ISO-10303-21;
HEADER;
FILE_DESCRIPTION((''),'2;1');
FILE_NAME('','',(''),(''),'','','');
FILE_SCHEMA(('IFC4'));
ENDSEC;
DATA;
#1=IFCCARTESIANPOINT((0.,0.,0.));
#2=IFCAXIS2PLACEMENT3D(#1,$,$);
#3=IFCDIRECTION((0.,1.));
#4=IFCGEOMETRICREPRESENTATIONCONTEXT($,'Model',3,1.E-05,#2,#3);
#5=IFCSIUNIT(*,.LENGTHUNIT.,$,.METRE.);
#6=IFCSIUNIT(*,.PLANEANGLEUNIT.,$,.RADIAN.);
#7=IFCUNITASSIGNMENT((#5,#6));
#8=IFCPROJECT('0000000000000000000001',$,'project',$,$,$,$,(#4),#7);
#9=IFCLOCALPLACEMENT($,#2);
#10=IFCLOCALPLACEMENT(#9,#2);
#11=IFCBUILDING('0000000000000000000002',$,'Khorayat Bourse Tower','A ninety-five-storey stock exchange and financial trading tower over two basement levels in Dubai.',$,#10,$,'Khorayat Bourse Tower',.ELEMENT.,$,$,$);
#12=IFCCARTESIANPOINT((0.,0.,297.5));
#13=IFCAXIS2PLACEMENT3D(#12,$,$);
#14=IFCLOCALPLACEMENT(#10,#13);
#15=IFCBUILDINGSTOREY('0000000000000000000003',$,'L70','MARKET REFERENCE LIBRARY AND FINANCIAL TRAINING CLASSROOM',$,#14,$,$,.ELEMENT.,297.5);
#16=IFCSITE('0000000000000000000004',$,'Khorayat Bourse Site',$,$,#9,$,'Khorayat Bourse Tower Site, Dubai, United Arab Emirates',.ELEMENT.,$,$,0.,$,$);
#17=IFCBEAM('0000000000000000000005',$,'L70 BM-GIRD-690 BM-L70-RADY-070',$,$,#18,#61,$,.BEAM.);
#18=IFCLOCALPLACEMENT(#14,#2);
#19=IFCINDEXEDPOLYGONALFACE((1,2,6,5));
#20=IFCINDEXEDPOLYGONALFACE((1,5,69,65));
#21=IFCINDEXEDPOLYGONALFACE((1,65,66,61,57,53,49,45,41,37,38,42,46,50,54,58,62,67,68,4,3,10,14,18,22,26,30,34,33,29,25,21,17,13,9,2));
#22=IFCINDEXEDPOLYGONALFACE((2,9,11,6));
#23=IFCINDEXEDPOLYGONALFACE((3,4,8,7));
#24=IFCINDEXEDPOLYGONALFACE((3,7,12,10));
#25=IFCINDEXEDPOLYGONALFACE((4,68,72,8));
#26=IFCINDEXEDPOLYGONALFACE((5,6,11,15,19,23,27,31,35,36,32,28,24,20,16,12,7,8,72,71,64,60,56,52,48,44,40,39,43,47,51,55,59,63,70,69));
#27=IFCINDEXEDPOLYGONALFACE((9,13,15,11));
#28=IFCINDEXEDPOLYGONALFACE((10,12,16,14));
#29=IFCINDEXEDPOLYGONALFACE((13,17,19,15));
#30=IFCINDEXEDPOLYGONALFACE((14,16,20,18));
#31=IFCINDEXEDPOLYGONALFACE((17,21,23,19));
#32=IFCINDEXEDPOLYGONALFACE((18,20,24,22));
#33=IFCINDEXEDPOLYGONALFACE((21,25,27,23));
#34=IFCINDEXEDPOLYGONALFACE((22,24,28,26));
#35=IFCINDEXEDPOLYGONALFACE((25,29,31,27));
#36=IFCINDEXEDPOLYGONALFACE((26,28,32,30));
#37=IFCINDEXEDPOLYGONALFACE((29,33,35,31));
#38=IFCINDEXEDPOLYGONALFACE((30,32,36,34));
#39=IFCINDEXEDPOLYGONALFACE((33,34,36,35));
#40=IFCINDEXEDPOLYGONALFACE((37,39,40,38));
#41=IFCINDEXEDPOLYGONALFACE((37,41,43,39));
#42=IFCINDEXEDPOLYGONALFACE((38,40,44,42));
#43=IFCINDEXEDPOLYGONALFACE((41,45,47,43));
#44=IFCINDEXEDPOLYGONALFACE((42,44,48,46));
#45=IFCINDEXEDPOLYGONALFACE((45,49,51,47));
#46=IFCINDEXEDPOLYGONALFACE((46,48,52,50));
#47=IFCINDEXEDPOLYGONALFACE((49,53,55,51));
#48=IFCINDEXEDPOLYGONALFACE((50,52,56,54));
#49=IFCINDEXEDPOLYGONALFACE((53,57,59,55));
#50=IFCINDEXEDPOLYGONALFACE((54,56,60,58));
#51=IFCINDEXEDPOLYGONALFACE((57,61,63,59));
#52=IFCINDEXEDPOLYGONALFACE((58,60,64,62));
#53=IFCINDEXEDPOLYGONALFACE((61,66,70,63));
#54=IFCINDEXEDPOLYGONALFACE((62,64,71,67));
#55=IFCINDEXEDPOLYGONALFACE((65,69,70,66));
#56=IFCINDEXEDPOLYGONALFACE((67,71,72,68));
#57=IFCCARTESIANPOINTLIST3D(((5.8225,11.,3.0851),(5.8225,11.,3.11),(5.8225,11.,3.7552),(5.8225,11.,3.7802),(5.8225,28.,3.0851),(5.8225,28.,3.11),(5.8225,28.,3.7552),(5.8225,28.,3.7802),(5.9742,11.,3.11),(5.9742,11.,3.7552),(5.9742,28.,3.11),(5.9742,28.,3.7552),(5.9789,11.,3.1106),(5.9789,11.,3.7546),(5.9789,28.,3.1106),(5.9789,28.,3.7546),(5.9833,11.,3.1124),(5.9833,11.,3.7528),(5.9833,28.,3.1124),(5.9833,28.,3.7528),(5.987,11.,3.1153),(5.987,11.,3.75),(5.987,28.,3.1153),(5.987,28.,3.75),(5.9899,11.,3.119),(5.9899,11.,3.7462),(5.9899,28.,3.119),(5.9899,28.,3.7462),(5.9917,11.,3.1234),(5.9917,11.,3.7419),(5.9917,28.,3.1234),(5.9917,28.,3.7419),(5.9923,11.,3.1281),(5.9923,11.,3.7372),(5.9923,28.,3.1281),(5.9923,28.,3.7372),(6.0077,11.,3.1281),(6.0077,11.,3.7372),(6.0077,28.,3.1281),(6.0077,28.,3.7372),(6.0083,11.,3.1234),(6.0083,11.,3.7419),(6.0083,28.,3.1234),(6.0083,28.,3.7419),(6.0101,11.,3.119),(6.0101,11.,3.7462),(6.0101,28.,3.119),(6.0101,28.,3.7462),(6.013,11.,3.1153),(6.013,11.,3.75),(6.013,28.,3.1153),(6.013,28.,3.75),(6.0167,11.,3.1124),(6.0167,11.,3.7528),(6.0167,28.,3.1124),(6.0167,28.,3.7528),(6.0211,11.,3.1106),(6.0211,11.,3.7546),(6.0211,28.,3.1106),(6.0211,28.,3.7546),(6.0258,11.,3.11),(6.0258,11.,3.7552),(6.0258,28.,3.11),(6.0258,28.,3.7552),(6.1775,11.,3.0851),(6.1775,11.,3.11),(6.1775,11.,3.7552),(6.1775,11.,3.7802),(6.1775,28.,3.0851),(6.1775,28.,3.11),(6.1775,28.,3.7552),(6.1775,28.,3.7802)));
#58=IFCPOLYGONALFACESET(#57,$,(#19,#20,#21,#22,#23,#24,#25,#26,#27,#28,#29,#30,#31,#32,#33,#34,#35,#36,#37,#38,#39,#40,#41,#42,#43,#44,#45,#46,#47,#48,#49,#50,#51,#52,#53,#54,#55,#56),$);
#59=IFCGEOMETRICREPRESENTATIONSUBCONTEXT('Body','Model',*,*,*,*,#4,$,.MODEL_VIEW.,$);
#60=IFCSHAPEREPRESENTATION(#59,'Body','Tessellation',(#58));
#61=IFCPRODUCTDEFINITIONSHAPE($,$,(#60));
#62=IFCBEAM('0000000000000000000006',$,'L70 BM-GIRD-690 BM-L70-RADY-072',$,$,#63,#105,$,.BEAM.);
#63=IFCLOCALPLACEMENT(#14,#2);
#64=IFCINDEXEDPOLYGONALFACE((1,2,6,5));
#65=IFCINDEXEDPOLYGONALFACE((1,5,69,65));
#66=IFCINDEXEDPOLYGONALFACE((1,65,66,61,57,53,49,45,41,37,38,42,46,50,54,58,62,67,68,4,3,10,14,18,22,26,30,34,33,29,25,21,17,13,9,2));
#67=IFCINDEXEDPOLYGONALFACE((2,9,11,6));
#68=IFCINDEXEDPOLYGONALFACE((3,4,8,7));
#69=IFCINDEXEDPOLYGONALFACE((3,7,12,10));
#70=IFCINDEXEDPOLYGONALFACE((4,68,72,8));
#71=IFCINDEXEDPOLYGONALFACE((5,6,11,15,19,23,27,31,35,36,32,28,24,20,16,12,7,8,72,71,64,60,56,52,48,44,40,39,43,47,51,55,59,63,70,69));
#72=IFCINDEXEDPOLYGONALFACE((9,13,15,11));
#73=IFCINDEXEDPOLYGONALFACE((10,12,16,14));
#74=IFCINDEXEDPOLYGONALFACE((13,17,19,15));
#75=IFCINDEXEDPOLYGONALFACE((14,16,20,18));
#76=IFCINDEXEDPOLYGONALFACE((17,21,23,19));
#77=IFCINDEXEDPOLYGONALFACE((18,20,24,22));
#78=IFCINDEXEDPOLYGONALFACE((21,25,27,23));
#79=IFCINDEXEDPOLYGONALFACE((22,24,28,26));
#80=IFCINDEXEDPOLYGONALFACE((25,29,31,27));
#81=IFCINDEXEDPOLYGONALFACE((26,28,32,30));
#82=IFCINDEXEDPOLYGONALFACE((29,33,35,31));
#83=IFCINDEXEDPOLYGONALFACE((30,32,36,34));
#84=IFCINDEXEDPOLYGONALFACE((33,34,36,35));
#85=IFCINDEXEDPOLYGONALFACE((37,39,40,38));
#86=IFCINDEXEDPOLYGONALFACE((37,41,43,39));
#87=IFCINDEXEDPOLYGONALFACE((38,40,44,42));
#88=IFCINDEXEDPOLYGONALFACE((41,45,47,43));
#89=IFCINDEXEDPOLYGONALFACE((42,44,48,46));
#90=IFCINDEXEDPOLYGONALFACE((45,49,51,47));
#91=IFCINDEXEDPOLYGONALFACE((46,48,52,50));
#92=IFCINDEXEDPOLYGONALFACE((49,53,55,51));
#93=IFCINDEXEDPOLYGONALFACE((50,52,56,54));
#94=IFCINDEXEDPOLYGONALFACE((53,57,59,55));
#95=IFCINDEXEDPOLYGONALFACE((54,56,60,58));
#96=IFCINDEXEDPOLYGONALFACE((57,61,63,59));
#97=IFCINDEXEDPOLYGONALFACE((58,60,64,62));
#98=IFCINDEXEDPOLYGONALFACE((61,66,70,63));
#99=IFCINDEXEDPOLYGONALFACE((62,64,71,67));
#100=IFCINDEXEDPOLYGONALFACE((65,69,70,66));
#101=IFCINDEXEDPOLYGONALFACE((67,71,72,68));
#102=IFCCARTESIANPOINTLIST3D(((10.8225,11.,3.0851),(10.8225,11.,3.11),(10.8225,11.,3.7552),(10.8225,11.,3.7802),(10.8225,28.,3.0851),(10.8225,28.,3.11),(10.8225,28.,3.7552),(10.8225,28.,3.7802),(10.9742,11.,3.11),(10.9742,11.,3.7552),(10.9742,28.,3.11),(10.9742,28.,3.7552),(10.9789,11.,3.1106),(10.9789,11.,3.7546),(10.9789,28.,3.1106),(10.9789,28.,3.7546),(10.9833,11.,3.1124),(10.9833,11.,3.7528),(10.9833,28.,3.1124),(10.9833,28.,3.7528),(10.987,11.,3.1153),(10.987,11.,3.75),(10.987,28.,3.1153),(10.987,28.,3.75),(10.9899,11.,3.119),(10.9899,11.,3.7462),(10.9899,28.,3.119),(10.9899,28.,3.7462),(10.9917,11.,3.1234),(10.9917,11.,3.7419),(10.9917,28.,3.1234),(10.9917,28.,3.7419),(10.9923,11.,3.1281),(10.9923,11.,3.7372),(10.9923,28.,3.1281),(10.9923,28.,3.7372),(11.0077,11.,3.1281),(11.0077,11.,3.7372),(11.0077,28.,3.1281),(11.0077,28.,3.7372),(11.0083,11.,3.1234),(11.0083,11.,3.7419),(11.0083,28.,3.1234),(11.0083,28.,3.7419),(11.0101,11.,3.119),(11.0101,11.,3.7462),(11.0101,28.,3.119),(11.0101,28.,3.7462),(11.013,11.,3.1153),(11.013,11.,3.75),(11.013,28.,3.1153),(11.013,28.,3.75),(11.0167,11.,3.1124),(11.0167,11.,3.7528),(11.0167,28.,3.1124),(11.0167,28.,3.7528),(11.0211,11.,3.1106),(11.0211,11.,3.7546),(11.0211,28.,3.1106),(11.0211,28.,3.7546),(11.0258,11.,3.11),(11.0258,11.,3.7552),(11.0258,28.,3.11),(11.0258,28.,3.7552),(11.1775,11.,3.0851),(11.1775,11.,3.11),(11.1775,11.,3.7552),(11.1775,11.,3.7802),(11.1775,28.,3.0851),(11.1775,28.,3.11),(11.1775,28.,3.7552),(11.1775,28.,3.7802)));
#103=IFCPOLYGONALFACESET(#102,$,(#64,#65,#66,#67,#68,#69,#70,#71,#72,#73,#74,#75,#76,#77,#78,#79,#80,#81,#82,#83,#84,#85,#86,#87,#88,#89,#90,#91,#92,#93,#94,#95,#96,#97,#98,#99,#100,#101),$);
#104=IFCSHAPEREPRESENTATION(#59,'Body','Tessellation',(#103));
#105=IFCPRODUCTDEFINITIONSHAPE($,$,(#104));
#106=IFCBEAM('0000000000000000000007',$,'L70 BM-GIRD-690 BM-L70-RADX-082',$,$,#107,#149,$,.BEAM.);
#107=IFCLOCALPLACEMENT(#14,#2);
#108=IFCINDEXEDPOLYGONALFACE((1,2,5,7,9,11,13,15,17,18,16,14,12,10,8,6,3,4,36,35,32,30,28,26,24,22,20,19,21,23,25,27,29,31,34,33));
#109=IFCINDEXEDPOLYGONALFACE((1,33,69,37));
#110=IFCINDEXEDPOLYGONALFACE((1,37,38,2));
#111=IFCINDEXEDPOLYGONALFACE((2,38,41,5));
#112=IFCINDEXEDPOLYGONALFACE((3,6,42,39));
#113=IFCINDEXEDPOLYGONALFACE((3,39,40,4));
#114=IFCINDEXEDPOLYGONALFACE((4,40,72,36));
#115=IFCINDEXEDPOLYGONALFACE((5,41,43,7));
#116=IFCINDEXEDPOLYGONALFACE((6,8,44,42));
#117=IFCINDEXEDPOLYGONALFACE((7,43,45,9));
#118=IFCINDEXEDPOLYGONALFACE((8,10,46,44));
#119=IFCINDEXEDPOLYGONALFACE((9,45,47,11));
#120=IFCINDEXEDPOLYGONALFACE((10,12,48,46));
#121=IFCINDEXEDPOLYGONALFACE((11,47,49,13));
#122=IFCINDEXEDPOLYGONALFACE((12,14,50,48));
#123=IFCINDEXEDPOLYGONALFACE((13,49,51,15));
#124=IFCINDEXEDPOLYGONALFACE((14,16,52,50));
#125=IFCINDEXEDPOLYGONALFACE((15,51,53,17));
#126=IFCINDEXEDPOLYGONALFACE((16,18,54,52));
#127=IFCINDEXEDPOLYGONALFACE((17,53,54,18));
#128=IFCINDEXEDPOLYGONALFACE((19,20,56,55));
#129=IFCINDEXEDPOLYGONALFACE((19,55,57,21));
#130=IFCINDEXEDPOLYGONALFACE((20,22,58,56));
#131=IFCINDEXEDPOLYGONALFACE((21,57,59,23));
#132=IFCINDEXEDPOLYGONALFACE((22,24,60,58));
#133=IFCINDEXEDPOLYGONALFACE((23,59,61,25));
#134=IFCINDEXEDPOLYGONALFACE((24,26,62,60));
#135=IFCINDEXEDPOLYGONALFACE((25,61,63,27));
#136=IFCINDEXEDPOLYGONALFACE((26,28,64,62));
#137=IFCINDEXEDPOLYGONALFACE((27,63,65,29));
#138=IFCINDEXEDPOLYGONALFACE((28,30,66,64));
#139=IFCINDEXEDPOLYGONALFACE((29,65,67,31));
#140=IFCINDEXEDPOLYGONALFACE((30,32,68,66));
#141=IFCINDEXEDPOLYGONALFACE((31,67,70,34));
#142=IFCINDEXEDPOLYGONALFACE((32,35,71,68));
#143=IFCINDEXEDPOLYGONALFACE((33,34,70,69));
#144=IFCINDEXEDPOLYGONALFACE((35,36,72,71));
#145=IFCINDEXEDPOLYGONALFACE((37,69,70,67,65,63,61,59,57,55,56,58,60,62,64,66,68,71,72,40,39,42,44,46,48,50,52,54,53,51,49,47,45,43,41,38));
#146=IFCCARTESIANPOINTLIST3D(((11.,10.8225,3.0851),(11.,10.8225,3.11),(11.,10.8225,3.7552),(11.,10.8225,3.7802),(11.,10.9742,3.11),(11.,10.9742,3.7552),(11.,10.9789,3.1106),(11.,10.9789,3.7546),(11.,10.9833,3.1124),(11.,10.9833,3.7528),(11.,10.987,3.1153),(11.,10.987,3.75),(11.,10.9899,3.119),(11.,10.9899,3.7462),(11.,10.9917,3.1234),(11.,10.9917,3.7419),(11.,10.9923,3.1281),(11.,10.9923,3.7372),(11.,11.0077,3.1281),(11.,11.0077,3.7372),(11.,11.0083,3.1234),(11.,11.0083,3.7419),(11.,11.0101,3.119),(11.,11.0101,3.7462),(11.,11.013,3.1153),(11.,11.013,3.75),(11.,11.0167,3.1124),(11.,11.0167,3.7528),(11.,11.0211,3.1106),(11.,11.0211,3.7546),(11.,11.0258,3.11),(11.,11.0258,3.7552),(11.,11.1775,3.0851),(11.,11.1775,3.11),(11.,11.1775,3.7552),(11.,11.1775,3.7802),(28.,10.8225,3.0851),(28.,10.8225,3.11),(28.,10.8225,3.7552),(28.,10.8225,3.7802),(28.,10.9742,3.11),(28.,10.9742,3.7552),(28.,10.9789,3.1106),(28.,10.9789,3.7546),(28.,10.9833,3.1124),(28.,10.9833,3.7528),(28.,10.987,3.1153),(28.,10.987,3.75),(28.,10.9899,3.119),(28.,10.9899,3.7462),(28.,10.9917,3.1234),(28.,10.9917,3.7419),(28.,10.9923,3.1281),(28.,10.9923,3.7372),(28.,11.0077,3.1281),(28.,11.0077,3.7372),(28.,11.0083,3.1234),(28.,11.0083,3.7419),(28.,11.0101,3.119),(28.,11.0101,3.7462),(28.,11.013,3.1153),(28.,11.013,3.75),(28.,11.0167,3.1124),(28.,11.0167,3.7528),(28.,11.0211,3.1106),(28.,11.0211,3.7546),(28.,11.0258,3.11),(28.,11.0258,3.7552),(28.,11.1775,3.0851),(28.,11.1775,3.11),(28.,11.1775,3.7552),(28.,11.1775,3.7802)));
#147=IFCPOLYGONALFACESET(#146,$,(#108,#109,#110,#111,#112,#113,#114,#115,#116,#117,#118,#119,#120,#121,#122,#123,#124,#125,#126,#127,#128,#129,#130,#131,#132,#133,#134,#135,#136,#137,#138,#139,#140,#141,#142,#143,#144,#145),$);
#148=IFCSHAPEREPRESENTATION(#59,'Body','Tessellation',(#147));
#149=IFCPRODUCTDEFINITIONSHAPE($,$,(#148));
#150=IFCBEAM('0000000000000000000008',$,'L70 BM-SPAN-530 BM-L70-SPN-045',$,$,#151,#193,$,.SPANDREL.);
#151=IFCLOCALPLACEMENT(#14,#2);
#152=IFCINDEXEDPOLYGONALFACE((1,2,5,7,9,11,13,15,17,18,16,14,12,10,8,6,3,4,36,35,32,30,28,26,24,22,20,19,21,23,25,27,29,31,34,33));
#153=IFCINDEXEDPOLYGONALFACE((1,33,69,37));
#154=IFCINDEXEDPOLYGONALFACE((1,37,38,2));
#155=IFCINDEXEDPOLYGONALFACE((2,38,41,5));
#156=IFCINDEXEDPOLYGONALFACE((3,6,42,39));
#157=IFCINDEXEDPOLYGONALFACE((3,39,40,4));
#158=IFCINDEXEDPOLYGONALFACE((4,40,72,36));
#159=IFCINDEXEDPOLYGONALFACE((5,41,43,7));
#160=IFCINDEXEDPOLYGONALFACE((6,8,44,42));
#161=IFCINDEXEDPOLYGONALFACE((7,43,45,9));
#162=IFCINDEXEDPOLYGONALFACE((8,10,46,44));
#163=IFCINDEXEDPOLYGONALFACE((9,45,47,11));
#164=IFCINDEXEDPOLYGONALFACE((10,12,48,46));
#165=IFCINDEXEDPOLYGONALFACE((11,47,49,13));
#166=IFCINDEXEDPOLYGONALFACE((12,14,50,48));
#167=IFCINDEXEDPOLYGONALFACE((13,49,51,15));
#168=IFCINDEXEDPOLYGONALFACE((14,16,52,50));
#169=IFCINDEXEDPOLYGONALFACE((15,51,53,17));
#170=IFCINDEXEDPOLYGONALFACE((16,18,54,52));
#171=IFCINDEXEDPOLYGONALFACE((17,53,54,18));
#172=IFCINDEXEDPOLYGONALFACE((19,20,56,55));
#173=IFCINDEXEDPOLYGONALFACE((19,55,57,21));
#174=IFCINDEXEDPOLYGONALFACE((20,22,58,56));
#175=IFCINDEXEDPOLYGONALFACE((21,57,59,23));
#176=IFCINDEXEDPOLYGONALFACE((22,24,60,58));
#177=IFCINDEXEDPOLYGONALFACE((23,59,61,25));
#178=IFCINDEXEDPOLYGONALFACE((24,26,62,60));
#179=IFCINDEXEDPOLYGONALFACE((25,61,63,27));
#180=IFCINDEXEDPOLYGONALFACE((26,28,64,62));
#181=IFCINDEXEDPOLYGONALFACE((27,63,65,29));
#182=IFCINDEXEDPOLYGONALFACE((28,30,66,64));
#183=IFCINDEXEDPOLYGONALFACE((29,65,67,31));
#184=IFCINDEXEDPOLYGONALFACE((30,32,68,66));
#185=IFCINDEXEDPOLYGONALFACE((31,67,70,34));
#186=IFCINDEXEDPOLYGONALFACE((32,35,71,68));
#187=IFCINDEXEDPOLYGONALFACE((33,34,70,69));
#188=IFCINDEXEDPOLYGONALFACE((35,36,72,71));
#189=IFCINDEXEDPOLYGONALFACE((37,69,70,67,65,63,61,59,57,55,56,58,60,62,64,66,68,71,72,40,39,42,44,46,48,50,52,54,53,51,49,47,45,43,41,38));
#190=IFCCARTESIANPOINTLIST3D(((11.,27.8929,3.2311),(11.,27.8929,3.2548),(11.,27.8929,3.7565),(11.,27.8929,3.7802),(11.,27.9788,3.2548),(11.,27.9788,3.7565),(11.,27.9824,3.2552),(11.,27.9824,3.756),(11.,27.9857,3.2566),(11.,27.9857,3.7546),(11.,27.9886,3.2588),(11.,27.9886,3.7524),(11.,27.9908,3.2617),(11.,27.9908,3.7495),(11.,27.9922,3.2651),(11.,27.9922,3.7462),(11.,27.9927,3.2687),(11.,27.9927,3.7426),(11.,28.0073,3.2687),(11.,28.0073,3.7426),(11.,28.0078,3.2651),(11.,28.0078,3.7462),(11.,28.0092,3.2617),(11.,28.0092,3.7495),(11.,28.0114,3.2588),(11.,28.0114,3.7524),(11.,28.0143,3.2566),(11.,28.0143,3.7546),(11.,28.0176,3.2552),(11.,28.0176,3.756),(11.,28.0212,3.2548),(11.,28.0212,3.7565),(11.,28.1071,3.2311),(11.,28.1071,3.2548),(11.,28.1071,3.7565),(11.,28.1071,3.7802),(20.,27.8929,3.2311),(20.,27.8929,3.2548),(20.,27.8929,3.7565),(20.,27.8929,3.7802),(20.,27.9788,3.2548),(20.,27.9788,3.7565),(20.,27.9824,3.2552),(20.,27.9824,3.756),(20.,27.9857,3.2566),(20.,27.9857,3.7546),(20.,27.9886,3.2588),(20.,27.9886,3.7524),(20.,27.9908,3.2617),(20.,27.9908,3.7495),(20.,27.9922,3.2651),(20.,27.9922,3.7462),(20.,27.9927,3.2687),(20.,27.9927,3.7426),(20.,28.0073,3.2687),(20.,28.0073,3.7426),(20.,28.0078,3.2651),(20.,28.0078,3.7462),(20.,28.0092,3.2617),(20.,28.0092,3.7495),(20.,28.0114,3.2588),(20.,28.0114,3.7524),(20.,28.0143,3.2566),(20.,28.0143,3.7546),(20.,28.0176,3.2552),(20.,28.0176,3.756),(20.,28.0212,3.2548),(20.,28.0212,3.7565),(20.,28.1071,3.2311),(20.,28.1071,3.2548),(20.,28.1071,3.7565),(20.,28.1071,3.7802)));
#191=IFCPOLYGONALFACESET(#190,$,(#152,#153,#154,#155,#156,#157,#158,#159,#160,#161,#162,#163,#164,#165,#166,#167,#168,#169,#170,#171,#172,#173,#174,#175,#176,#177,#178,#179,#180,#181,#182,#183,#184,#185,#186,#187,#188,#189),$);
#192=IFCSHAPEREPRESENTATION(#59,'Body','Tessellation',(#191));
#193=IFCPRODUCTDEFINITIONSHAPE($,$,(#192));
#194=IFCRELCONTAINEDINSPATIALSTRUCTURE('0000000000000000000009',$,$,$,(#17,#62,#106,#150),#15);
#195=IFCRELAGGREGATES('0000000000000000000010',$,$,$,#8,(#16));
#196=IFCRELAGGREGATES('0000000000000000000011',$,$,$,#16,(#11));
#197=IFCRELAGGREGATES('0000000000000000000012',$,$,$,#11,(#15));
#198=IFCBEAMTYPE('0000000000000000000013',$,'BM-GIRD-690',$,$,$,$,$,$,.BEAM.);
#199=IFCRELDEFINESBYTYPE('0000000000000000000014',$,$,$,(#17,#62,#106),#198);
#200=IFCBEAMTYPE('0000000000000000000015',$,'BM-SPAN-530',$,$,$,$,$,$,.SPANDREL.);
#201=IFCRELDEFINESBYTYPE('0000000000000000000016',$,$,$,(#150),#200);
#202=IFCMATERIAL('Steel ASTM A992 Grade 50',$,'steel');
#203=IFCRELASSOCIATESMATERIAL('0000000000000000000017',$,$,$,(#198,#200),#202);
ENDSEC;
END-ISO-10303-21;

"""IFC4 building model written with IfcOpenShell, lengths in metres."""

from ifc_helpers import new_model, si_unit, direction, frame, origin, origin_2d, place, context, subcontext, project, spatial, i_section, extrude, source, transform, mapped, material, material_profile, profile_set, type_object, element, save


model = new_model("IFC4")

# Units and contexts
model_context = context("Model", 3, precision=1e-05, world=origin(), true_north=direction((0.0, 1.0)))
body_context = subcontext(model_context, "Body", "Model", "MODEL_VIEW")
ifc_project = project(units=[si_unit("LENGTHUNIT", "METRE"), si_unit("PLANEANGLEUNIT", "RADIAN")], contexts=[model_context])

# Site, building, storey
site_placement = place(None, origin())
site = spatial("IfcSite", under=ifc_project, at=site_placement, Name="Khorayat Bourse Site", LongName="Khorayat Bourse Tower Site, Dubai, United Arab Emirates", CompositionType="ELEMENT", RefElevation=0.0)
building_placement = place(site_placement, origin())
building = spatial("IfcBuilding", under=site, at=building_placement, Name="Khorayat Bourse Tower", Description="A ninety-five-storey stock exchange and financial trading tower over two basement levels in Dubai.", LongName="Khorayat Bourse Tower", CompositionType="ELEMENT")
storey_placement = place(building_placement, frame((0.0, 0.0, 297.5)))
storey = spatial("IfcBuildingStorey", under=building, at=storey_placement, Name="L70", Description="MARKET REFERENCE LIBRARY AND FINANCIAL TRAINING CLASSROOM", CompositionType="ELEMENT", Elevation=297.5)

# Beams
ifc_material_1 = material(Name="Steel ASTM A992 Grade 50", Category="steel")
ifc_material_profile_1 = material_profile(ifc_material_1, i_section(OverallWidth=0.355, OverallDepth=0.6951, WebThickness=0.0154, FlangeThickness=0.0249, FilletRadius=0.0181, at=origin_2d()), Name="W690X217")
ifc_profile_set_1 = profile_set([ifc_material_profile_1], Name="Steel ASTM A992 Grade 50")
beam_type_1 = type_object("IfcBeamType", Name="BM-GIRD-690", PredefinedType="BEAM", material=ifc_profile_set_1)
shared_shape_1 = source(origin(), body_context, "Body", "SweptSolid", [
    extrude(i_section(OverallWidth=0.355, OverallDepth=0.6951, WebThickness=0.0154, FlangeThickness=0.0249, FilletRadius=0.0181, at=origin_2d()), origin(), (0.0, 0.0, 1.0), 17.0),
])
for number, where, z_axis, x_axis, name in (
    (1, (6.0, 11.0, 3.4326), (0.0, 1.0, 0.0), (-1.0, 0.0, 0.0), "L70 BM-GIRD-690 BM-L70-RADY-070"),
    (2, (11.0, 11.0, 3.4326), (0.0, 1.0, 0.0), (-1.0, 0.0, 0.0), "L70 BM-GIRD-690 BM-L70-RADY-072"),
    (3, (11.0, 11.0, 3.4326), (1.0, 0.0, 0.0), (0.0, 1.0, 0.0), "L70 BM-GIRD-690 BM-L70-RADX-082"),
):
    element("IfcBeam", number, at=place(storey_placement, frame(where, z_axis=z_axis, x_axis=x_axis)), inside=storey, type_object=beam_type_1, Name=name, PredefinedType="BEAM", context=body_context, shape_type="MappedRepresentation", body=[
        mapped(shared_shape_1, transform((0.0, 0.0, 0.0), scale=1.0)),
    ])
ifc_material_profile_2 = material_profile(ifc_material_1, i_section(OverallWidth=0.2141, OverallDepth=0.5491, WebThickness=0.0146, FlangeThickness=0.0237, FilletRadius=0.0139, at=origin_2d()), Name="W530X138")
ifc_profile_set_2 = profile_set([ifc_material_profile_2], Name="Steel ASTM A992 Grade 50")
beam_type_2 = type_object("IfcBeamType", Name="BM-SPAN-530", PredefinedType="SPANDREL", material=ifc_profile_set_2)
shared_shape_2 = source(origin(), body_context, "Body", "SweptSolid", [
    extrude(i_section(OverallWidth=0.2141, OverallDepth=0.5491, WebThickness=0.0146, FlangeThickness=0.0237, FilletRadius=0.0139, at=origin_2d()), origin(), (0.0, 0.0, 1.0), 9.0),
])
beam_1_placement = place(storey_placement, frame((11.0, 28.0, 3.5056), z_axis=(1.0, 0.0, 0.0), x_axis=(0.0, 1.0, 0.0)))
element("IfcBeam", 4, at=beam_1_placement, inside=storey, type_object=beam_type_2, Name="L70 BM-SPAN-530 BM-L70-SPN-045", PredefinedType="SPANDREL", context=body_context, shape_type="MappedRepresentation", body=[
    mapped(shared_shape_2, transform((0.0, 0.0, 0.0), scale=1.0)),
])

save(model, "model.ifc")
